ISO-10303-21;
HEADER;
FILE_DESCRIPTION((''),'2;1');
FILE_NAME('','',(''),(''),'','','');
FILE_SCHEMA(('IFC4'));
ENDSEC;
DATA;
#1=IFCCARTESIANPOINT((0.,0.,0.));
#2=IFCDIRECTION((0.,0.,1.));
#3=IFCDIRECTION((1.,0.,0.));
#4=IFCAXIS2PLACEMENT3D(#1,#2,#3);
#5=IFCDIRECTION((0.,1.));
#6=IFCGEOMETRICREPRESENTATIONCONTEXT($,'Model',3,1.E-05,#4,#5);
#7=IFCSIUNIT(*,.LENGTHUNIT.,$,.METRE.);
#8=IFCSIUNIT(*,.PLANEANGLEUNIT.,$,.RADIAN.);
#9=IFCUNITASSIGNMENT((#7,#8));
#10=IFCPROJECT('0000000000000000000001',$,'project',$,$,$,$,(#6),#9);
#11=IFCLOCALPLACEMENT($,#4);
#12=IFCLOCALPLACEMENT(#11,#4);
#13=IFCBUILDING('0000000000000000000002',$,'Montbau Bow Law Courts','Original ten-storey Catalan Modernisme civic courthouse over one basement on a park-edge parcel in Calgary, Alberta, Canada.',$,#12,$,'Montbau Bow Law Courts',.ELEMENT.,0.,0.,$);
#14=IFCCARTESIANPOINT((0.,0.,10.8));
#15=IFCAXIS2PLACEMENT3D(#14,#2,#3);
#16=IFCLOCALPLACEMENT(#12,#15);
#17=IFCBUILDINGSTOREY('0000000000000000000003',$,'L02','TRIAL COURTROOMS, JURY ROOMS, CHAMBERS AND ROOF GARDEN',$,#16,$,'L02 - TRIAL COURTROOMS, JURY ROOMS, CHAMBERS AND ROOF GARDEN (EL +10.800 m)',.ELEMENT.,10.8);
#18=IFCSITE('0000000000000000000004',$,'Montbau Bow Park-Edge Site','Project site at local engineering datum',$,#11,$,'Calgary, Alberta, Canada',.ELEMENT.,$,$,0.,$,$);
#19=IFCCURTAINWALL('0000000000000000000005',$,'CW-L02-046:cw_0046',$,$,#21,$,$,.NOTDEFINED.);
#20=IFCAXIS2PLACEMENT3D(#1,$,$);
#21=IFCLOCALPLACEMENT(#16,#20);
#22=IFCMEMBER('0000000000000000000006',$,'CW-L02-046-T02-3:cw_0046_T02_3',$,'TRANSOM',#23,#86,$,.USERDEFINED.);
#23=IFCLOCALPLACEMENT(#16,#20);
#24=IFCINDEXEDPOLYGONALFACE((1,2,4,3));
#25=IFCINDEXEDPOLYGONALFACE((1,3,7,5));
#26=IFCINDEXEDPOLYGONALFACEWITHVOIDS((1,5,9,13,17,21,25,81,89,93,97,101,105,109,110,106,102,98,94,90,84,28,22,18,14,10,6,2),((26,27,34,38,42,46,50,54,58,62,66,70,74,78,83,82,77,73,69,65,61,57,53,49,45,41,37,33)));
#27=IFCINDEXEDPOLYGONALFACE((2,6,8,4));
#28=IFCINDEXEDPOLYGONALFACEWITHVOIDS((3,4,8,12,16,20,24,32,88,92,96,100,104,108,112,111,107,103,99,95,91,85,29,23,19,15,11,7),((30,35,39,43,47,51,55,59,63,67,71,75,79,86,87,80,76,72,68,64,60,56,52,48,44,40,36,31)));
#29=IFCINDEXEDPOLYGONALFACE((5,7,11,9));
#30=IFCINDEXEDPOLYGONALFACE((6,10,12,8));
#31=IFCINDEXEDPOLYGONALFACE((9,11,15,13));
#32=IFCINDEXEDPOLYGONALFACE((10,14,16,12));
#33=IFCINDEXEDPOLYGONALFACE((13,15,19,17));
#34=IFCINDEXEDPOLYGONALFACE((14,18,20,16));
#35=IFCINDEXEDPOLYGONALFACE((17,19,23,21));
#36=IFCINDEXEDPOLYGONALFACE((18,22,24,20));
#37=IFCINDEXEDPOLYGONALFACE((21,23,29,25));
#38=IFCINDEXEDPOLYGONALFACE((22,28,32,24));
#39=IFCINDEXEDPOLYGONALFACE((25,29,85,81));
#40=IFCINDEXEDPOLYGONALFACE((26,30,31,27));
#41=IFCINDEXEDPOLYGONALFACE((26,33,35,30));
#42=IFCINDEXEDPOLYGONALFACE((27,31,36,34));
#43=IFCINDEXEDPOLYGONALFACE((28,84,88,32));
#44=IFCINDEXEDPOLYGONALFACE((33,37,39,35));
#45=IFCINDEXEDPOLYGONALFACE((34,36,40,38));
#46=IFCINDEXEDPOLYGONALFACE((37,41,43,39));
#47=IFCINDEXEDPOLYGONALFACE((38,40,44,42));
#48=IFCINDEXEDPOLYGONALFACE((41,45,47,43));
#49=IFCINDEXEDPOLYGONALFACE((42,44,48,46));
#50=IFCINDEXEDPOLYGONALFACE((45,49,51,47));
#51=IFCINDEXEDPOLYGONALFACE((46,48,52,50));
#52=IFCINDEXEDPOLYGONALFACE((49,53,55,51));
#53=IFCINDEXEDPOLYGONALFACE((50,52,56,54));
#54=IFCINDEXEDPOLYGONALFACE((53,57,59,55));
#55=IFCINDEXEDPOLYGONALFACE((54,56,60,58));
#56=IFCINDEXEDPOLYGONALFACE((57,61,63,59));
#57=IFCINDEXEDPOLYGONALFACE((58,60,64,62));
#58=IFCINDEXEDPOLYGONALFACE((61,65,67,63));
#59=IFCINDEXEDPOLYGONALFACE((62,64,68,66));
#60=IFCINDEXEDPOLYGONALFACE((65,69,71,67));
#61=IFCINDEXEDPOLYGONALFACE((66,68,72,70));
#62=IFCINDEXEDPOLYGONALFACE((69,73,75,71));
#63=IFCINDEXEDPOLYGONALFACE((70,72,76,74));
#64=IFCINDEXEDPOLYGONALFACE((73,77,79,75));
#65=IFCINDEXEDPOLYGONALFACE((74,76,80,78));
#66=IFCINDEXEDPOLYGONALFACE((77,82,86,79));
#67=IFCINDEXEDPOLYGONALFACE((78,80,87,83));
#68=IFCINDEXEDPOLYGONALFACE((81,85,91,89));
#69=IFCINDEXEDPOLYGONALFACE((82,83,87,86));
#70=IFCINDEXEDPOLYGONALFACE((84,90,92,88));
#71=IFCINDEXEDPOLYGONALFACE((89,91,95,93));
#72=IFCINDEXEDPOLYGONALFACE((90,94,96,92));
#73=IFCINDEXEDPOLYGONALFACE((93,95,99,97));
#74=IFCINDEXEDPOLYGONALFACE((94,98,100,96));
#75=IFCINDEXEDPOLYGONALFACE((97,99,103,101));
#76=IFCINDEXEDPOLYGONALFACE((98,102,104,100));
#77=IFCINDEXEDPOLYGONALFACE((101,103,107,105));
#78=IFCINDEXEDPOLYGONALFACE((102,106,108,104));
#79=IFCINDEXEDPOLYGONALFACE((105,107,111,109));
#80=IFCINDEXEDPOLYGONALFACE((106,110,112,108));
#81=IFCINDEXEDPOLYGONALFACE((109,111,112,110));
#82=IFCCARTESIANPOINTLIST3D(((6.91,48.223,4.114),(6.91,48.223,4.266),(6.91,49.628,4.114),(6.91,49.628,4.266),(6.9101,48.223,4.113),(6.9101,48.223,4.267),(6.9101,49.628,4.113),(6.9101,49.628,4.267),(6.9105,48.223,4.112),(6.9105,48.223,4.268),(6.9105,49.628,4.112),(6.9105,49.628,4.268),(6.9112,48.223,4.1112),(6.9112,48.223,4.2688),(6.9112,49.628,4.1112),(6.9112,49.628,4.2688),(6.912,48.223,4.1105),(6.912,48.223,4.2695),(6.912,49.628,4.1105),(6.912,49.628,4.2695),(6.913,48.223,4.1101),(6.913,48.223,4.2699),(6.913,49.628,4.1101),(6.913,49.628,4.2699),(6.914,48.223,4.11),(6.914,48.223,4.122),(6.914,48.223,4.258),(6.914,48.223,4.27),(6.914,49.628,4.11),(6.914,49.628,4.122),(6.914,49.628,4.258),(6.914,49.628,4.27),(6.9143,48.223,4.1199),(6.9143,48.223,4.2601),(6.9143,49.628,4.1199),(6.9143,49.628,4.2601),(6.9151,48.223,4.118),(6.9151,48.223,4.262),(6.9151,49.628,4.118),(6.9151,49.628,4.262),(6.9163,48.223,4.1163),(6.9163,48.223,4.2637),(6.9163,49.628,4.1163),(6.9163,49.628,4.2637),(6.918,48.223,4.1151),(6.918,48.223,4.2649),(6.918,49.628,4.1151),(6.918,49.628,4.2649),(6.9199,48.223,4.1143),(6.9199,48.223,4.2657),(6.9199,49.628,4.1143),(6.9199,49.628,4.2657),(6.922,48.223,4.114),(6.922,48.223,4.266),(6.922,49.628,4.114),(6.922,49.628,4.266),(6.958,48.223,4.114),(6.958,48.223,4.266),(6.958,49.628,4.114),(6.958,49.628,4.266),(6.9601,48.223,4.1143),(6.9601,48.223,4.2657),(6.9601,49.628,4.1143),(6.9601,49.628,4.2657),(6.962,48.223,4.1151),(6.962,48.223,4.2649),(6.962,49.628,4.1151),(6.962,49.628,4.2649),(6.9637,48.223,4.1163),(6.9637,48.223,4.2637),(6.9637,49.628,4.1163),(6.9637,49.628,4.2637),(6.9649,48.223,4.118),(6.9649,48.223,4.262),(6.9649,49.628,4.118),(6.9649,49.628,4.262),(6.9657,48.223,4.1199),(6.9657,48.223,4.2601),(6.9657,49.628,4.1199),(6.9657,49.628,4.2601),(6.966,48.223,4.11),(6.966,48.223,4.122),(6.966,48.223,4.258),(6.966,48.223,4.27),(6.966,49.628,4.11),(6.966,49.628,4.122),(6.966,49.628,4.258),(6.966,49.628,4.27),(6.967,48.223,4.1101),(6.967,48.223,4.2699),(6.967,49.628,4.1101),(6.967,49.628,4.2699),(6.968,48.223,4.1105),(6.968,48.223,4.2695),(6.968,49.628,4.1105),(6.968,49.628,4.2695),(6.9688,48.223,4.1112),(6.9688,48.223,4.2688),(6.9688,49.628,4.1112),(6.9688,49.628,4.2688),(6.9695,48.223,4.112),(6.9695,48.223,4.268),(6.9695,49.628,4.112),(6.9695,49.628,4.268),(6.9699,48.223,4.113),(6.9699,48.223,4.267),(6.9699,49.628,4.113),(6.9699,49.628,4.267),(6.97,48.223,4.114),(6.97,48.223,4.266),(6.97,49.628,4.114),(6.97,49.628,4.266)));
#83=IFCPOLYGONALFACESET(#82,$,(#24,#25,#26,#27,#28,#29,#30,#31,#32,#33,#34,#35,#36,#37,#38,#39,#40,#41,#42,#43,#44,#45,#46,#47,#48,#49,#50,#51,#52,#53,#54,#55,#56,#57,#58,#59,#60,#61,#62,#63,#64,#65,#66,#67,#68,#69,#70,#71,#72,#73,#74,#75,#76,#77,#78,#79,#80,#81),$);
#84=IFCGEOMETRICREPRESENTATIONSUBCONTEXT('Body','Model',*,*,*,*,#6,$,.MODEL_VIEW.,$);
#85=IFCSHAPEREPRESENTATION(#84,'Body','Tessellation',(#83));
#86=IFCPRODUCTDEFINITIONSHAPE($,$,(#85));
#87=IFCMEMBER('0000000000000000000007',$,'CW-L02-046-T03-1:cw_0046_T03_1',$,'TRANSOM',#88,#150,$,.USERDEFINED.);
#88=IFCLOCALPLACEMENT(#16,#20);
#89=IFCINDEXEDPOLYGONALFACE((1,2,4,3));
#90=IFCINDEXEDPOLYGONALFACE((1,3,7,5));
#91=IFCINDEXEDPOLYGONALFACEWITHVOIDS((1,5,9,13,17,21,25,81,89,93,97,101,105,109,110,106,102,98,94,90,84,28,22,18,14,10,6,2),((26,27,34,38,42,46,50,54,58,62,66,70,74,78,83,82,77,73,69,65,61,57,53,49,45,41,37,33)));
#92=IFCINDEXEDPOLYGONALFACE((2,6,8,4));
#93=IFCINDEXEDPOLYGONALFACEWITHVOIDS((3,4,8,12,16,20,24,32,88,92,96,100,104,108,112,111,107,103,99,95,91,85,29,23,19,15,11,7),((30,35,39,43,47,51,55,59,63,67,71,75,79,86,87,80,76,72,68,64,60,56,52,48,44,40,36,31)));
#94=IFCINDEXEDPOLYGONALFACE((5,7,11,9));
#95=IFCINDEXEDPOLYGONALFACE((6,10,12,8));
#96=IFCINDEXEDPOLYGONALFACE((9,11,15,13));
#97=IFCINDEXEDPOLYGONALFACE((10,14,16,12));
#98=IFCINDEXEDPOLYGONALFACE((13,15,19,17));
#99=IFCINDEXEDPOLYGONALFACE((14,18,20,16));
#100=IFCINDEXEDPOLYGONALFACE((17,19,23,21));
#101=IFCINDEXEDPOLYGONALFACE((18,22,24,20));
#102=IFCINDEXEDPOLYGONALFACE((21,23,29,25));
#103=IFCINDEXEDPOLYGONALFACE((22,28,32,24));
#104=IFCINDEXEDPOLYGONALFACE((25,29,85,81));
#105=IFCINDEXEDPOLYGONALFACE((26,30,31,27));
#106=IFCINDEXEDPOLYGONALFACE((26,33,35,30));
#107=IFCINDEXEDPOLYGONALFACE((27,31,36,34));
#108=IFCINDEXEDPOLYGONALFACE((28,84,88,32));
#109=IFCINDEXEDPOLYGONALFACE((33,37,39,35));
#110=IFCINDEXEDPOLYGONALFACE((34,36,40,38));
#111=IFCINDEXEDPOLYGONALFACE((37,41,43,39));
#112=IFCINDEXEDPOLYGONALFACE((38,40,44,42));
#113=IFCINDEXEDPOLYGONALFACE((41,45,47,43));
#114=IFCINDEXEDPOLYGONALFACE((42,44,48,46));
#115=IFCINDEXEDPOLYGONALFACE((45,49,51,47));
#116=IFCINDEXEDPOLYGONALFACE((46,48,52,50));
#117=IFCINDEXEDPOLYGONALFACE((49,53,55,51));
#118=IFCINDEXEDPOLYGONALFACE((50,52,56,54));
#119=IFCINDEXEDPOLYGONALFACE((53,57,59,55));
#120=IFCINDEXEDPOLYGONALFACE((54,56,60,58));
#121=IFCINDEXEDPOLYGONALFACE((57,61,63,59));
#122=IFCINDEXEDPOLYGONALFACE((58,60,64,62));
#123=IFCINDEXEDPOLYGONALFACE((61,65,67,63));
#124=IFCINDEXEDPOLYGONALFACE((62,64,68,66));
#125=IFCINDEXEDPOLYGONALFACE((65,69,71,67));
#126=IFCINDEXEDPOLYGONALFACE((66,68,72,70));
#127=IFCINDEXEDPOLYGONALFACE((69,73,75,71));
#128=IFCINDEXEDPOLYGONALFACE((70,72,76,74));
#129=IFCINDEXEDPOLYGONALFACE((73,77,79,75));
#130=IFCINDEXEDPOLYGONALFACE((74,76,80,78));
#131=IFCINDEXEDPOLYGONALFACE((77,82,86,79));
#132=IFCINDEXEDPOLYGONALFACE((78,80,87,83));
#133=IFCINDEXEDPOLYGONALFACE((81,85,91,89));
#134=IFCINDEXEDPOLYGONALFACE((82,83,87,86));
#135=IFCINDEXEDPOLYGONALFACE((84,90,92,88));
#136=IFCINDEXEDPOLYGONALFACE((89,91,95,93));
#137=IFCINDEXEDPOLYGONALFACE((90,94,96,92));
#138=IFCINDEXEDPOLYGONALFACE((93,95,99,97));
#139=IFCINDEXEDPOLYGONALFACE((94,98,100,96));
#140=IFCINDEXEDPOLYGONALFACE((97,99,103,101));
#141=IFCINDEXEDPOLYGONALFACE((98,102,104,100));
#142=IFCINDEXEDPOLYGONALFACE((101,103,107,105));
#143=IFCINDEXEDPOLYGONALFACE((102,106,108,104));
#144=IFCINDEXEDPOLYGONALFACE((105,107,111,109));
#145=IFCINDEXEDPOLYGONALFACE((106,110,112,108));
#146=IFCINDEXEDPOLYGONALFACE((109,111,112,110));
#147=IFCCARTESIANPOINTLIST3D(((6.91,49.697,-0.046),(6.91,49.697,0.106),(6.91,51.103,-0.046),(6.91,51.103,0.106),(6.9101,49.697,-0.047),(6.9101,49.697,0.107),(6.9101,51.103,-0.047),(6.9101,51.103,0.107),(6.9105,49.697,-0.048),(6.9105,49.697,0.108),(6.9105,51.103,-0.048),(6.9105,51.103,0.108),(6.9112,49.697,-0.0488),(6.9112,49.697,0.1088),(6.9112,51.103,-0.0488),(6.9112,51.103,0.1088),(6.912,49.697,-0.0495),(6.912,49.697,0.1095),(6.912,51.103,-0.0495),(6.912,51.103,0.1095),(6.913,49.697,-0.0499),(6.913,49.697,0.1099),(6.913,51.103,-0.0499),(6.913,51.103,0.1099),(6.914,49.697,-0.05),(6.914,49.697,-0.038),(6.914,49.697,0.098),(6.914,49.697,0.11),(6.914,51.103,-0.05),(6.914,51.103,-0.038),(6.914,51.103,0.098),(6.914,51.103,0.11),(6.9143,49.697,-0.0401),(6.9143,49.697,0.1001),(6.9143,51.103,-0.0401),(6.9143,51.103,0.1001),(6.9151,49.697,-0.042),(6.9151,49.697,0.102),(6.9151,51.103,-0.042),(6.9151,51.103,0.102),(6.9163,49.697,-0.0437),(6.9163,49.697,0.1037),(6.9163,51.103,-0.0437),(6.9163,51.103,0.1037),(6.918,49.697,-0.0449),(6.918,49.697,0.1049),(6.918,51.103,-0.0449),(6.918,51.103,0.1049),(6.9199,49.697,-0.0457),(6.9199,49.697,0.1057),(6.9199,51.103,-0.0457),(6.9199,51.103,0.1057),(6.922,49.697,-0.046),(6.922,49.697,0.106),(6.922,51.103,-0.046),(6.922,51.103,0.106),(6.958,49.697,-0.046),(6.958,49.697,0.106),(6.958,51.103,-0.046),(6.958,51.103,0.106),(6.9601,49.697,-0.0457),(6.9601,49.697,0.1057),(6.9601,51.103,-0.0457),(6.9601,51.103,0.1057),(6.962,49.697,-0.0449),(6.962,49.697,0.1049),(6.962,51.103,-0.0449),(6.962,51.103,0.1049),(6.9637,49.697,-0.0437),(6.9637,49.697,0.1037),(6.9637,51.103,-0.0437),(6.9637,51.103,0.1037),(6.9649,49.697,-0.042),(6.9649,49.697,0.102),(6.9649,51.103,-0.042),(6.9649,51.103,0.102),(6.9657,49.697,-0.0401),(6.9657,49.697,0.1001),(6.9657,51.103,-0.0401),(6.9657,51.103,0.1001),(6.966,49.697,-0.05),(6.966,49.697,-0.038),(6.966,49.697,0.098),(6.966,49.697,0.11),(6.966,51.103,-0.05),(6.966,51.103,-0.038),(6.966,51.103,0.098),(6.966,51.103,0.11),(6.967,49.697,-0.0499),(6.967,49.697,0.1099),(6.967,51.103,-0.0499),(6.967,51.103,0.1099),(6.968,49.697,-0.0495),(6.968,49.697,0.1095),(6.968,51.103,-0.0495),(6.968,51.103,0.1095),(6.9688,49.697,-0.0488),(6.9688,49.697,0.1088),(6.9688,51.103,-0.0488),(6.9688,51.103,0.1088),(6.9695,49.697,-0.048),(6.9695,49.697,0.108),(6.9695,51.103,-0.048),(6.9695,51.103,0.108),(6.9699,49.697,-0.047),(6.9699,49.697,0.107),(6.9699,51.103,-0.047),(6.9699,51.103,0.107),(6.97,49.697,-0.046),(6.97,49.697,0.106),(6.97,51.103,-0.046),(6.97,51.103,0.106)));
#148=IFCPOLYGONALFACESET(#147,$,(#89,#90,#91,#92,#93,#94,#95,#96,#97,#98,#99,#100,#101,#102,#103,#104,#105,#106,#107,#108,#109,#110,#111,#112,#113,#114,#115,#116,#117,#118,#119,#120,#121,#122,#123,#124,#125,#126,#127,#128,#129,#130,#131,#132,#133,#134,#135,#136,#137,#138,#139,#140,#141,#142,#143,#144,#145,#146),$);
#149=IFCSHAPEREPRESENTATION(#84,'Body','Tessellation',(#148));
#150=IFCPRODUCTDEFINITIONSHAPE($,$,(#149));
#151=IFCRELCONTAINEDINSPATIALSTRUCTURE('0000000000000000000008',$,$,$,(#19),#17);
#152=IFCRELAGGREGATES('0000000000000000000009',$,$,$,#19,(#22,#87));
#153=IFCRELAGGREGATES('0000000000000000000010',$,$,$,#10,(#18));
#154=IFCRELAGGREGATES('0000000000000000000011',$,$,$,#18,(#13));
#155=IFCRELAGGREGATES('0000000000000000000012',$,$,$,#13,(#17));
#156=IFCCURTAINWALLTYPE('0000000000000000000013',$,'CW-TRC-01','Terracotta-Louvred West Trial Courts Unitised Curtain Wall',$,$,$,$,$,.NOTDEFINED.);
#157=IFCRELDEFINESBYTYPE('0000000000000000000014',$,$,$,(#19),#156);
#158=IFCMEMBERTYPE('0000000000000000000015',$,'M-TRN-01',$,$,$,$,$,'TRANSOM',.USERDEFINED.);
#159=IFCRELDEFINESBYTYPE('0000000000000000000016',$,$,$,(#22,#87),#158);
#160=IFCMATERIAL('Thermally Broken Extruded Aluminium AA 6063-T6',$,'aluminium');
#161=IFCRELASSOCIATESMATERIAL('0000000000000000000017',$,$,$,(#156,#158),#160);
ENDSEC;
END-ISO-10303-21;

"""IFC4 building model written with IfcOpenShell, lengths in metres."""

from ifc_helpers import new_model, si_unit, direction, frame, origin_with_axes, origin_2d_with_axis, place, context, subcontext, project, spatial, hollow_rectangle, extrude, material, material_profile, profile_set, type_object, element, aggregate, save


model = new_model("IFC4")

# Units and contexts
model_context = context("Model", 3, precision=1e-05, world=origin_with_axes(), true_north=direction((0.0, 1.0)))
body_context = subcontext(model_context, "Body", "Model", "MODEL_VIEW")
ifc_project = project(units=[si_unit("LENGTHUNIT", "METRE"), si_unit("PLANEANGLEUNIT", "RADIAN")], contexts=[model_context])

# Site, building, storey
site_placement = place(None, origin_with_axes())
site = spatial("IfcSite", under=ifc_project, at=site_placement, Name="Montbau Bow Park-Edge Site", Description="Project site at local engineering datum", LongName="Calgary, Alberta, Canada", CompositionType="ELEMENT", RefElevation=0.0)
building_placement = place(site_placement, origin_with_axes())
building = spatial("IfcBuilding", under=site, at=building_placement, Name="Montbau Bow Law Courts", Description="Original ten-storey Catalan Modernisme civic courthouse over one basement on a park-edge parcel in Calgary, Alberta, Canada.", LongName="Montbau Bow Law Courts", CompositionType="ELEMENT", ElevationOfRefHeight=0.0, ElevationOfTerrain=0.0)
storey_placement = place(building_placement, frame((0.0, 0.0, 10.8), z_axis=(0.0, 0.0, 1.0), x_axis=(1.0, 0.0, 0.0)))
storey = spatial("IfcBuildingStorey", under=building, at=storey_placement, Name="L02", Description="TRIAL COURTROOMS, JURY ROOMS, CHAMBERS AND ROOF GARDEN", LongName="L02 - TRIAL COURTROOMS, JURY ROOMS, CHAMBERS AND ROOF GARDEN (EL +10.800 m)", CompositionType="ELEMENT", Elevation=10.8)

# Curtain wall, members
ifc_material_1 = material(Name="Thermally Broken Extruded Aluminium AA 6063-T6", Category="aluminium")
curtain_wall_type = type_object("IfcCurtainWallType", Name="CW-TRC-01", Description="Terracotta-Louvred West Trial Courts Unitised Curtain Wall", PredefinedType="NOTDEFINED", material=ifc_material_1)
curtain_wall_placement = place(None, frame((6.94, 46.715, 10.8), z_axis=(0.0, 0.0, 1.0), x_axis=(1.0, 0.0, 0.0)))
curtain_wall = element("IfcCurtainWall", 1, at=curtain_wall_placement, inside=storey, type_object=curtain_wall_type, Name="CW-L02-046:cw_0046", PredefinedType="NOTDEFINED")
ifc_material_profile_1 = material_profile(ifc_material_1, hollow_rectangle(XDim=0.06, YDim=0.16, WallThickness=0.004, InnerFilletRadius=0.008, OuterFilletRadius=0.004, at=origin_2d_with_axis()), Name="CWT-160X60", Category="Main", Priority=0)
ifc_profile_set_1 = profile_set([ifc_material_profile_1], Name="Thermally Broken Extruded Aluminium AA 6063-T6")
member_type_1 = type_object("IfcMemberType", Name="M-TRN-01", ElementType="TRANSOM", PredefinedType="USERDEFINED", material=ifc_profile_set_1)
member_1_placement = place(None, frame((6.94, 48.223, 14.99), z_axis=(0.0, 1.0, 0.0), x_axis=(-1.0, 0.0, 0.0)))
member_1 = element("IfcMember", 2, at=member_1_placement, type_object=member_type_1, Name="CW-L02-046-T02-3:cw_0046_T02_3", ObjectType="TRANSOM", PredefinedType="USERDEFINED", context=body_context, shape_type="SweptSolid", body=[
    extrude(hollow_rectangle(XDim=0.06, YDim=0.16, WallThickness=0.004, InnerFilletRadius=0.008, OuterFilletRadius=0.004, at=origin_2d_with_axis()), origin_with_axes(), (0.0, 0.0, 1.0), 1.405),
])
member_2_placement = place(None, frame((6.94, 49.697, 10.83), z_axis=(0.0, 1.0, 0.0), x_axis=(-1.0, 0.0, 0.0)))
member_2 = element("IfcMember", 3, at=member_2_placement, type_object=member_type_1, Name="CW-L02-046-T03-1:cw_0046_T03_1", ObjectType="TRANSOM", PredefinedType="USERDEFINED", context=body_context, shape_type="SweptSolid", body=[
    extrude(hollow_rectangle(XDim=0.06, YDim=0.16, WallThickness=0.004, InnerFilletRadius=0.008, OuterFilletRadius=0.004, at=origin_2d_with_axis()), origin_with_axes(), (0.0, 0.0, 1.0), 1.406),
])
aggregate(curtain_wall, [member_1, member_2])

save(model, "model.ifc")
